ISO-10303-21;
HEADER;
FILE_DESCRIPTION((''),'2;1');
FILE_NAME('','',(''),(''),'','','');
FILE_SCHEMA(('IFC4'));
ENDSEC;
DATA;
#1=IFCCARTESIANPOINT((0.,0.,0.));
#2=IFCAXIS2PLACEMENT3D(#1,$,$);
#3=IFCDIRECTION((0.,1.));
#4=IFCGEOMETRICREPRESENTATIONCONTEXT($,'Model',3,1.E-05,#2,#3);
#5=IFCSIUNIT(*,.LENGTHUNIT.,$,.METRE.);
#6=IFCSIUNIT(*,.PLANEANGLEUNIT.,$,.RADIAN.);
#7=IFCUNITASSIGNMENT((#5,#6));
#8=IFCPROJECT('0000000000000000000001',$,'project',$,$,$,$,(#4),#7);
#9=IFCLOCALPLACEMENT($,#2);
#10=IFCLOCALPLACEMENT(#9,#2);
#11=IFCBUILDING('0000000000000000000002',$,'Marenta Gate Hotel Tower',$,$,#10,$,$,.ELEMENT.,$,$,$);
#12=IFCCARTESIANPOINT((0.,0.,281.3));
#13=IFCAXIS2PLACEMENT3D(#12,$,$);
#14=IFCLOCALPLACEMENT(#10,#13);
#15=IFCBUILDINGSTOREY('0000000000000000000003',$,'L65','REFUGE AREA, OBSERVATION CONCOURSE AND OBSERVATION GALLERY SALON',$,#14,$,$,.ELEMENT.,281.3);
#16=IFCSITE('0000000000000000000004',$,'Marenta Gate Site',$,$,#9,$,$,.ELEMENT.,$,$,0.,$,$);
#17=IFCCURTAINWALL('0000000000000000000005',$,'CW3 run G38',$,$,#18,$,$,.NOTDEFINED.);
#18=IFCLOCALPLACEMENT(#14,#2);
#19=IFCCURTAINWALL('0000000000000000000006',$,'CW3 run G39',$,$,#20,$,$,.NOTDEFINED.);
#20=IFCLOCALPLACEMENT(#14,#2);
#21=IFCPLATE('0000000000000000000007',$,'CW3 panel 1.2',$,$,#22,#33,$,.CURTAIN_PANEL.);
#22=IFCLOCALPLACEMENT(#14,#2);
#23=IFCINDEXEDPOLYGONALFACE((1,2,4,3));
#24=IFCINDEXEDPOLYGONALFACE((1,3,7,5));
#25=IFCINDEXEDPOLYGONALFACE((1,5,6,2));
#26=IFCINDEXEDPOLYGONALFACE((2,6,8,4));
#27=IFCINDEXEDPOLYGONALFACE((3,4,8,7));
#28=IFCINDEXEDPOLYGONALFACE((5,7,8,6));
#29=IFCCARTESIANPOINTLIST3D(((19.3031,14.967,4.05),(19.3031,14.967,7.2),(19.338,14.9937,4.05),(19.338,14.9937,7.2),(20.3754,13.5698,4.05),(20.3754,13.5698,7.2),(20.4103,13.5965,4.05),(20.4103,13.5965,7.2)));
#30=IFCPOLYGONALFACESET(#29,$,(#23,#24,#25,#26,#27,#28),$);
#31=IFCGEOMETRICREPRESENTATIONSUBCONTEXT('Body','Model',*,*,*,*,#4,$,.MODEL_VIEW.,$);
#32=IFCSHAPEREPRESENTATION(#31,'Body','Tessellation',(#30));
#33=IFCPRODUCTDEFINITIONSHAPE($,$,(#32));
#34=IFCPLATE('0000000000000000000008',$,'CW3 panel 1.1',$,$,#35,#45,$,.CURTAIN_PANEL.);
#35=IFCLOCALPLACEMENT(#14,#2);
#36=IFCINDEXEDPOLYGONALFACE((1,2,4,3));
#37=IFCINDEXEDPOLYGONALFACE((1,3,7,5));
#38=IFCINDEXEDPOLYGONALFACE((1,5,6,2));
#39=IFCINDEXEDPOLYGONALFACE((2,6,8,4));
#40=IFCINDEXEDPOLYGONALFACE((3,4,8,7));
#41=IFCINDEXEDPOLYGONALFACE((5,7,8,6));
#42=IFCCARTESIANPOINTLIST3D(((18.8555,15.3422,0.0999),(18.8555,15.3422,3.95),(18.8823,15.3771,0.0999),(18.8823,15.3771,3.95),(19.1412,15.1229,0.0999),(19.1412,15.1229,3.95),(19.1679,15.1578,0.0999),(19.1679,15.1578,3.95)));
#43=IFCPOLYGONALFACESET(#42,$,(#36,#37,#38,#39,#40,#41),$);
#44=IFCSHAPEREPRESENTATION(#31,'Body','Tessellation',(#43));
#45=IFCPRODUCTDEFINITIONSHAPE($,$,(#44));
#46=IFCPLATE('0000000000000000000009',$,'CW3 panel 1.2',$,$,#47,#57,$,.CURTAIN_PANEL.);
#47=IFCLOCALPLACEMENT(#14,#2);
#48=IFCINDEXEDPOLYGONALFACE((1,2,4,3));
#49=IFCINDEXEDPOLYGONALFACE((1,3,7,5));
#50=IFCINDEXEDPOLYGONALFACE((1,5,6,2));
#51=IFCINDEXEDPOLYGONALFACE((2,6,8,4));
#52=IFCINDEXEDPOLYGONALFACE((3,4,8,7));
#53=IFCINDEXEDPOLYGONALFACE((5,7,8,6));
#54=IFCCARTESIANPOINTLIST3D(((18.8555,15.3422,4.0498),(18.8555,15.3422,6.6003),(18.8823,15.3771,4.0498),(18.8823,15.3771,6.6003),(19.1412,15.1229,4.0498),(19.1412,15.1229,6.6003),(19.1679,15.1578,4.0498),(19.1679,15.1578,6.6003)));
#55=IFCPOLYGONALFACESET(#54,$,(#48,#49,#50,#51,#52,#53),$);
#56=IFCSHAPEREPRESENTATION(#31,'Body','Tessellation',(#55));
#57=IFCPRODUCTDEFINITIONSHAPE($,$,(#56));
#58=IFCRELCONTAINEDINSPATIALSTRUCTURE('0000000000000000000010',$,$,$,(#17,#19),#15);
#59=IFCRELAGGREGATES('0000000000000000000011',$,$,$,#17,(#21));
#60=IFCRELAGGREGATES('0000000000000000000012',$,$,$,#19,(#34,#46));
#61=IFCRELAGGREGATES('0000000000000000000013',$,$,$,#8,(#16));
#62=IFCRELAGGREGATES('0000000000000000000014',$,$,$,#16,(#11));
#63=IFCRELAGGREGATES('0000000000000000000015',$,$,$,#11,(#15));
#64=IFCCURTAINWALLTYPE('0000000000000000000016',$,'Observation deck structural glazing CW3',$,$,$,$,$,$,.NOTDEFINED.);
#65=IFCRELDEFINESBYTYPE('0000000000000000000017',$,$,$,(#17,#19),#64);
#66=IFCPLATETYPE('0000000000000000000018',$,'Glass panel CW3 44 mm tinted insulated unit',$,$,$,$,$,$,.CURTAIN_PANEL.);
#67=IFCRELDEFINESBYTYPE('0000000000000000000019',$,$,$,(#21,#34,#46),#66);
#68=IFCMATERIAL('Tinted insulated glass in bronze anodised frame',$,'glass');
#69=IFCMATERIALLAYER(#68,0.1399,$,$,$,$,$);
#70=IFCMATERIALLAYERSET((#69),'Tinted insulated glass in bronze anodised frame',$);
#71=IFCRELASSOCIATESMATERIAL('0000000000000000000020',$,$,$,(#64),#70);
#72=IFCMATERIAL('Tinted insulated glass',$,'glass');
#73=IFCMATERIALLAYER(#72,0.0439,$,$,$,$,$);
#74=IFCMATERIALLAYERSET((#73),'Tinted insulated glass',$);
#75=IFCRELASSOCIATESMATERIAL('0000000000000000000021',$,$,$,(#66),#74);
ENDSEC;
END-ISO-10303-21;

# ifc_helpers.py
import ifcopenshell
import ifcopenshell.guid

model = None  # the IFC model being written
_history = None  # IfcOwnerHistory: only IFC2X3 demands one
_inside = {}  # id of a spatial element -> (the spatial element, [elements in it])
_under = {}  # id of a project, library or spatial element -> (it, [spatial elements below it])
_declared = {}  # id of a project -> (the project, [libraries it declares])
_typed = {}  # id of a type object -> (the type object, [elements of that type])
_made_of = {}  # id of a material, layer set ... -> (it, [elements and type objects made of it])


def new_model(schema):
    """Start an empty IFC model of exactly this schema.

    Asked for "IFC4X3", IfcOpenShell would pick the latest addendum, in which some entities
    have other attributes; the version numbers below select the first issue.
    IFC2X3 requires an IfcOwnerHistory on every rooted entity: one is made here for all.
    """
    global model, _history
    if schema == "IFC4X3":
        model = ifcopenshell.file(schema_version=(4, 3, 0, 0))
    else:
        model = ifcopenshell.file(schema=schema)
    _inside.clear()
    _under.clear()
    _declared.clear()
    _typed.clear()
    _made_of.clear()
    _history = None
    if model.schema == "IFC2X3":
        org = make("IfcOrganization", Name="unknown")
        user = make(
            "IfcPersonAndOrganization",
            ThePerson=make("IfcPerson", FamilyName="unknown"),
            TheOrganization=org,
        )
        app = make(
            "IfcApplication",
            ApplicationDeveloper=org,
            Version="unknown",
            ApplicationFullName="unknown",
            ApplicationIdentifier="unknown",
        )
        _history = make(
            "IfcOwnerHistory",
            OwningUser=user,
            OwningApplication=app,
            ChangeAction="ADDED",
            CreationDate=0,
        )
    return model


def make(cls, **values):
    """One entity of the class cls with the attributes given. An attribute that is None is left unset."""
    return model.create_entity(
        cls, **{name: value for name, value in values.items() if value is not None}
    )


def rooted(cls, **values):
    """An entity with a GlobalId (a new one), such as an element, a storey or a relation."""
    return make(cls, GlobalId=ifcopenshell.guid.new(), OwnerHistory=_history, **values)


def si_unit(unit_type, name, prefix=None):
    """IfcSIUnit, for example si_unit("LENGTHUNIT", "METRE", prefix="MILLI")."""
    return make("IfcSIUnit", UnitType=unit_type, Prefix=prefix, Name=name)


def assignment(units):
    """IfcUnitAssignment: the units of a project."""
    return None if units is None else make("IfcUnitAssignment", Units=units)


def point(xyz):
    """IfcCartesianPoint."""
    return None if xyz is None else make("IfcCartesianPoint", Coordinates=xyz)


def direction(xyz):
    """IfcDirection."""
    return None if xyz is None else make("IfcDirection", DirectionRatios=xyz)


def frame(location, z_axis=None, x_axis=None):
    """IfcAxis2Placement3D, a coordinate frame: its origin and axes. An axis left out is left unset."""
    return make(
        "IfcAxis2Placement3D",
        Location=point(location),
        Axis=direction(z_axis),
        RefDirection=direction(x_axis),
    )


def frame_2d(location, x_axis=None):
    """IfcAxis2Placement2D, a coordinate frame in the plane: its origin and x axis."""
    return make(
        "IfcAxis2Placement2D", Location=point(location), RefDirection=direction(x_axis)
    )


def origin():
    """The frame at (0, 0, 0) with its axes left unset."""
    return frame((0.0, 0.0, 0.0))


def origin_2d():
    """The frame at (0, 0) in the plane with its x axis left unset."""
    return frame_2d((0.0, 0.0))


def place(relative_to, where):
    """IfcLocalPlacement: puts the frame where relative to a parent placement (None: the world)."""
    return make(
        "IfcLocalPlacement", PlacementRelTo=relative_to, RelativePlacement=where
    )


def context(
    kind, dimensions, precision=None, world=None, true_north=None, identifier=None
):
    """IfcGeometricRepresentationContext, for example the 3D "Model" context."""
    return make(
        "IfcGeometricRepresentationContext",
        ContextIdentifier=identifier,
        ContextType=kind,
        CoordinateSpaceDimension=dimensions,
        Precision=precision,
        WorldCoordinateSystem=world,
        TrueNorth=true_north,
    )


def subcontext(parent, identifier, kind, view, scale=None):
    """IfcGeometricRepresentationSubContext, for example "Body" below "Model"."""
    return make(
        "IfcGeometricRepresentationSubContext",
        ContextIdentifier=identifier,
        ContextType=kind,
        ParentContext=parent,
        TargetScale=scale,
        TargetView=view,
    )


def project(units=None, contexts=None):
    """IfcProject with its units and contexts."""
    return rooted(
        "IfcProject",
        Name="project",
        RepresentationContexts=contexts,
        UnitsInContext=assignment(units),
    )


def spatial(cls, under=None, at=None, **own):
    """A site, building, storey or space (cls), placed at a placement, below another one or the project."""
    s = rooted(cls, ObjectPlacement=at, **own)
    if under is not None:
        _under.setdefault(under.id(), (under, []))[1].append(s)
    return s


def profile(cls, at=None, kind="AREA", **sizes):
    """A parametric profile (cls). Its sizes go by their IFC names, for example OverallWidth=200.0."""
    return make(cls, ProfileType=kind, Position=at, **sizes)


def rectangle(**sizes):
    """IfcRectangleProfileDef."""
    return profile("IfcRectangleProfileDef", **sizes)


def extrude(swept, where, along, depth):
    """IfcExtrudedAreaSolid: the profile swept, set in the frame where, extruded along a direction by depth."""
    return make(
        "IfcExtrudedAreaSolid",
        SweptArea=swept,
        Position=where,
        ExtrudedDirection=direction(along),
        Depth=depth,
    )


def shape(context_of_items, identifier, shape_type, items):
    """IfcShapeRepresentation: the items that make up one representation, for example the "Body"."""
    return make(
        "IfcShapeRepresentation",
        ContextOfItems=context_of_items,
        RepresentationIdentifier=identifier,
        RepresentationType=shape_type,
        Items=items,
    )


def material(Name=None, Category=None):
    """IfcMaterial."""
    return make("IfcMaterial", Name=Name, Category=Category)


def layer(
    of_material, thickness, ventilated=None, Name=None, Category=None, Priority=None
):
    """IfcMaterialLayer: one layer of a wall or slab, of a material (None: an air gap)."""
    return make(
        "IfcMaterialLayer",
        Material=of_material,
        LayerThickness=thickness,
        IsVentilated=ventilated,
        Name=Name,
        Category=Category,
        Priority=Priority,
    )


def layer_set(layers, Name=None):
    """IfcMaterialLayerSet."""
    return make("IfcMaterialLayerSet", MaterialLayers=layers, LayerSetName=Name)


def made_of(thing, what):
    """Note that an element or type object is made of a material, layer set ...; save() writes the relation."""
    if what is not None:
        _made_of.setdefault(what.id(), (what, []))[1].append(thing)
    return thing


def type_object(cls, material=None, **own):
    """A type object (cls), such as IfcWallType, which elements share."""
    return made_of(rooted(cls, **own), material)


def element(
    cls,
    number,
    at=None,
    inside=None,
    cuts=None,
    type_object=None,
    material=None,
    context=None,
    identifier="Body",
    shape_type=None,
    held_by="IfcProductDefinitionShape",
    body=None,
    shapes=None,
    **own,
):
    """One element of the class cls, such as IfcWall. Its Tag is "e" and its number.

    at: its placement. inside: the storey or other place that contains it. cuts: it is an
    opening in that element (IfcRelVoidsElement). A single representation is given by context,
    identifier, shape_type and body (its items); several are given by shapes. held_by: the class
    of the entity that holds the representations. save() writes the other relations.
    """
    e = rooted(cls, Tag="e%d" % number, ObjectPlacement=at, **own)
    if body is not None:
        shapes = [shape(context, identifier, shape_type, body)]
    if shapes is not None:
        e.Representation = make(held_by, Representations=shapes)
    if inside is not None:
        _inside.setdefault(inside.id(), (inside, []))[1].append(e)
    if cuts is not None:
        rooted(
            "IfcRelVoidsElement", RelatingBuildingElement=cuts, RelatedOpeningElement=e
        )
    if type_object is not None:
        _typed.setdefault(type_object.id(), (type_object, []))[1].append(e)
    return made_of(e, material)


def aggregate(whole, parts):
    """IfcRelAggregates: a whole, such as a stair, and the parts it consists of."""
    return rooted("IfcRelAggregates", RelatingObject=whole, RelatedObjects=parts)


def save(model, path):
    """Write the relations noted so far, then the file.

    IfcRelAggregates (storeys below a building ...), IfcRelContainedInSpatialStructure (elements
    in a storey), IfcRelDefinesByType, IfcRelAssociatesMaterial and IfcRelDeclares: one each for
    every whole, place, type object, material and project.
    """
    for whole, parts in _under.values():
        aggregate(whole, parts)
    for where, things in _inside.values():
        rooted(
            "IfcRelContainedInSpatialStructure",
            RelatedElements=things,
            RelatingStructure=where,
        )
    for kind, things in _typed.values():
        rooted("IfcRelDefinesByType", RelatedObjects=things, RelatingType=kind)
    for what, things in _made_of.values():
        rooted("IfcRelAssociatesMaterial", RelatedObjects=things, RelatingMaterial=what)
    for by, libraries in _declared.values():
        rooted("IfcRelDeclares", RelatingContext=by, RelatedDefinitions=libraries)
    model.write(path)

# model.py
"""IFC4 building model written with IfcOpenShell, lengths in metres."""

from ifc_helpers import new_model, si_unit, direction, frame, origin, origin_2d, place, context, subcontext, project, spatial, rectangle, extrude, material, layer, layer_set, type_object, element, aggregate, save


model = new_model("IFC4")

# Units and contexts
model_context = context("Model", 3, precision=1e-05, world=origin(), true_north=direction((0.0, 1.0)))
body_context = subcontext(model_context, "Body", "Model", "MODEL_VIEW")
ifc_project = project(units=[si_unit("LENGTHUNIT", "METRE"), si_unit("PLANEANGLEUNIT", "RADIAN")], contexts=[model_context])

# Site, building, storey
site_placement = place(None, origin())
site = spatial("IfcSite", under=ifc_project, at=site_placement, Name="Marenta Gate Site", CompositionType="ELEMENT", RefElevation=0.0)
building_placement = place(site_placement, origin())
building = spatial("IfcBuilding", under=site, at=building_placement, Name="Marenta Gate Hotel Tower", CompositionType="ELEMENT")
storey_placement = place(building_placement, frame((0.0, 0.0, 281.3)))
storey = spatial("IfcBuildingStorey", under=building, at=storey_placement, Name="L65", Description="REFUGE AREA, OBSERVATION CONCOURSE AND OBSERVATION GALLERY SALON", CompositionType="ELEMENT", Elevation=281.3)

# Shared definitions
ifc_material_1 = material(Name="Tinted insulated glass in bronze anodised frame", Category="glass")
ifc_layer_1 = layer(ifc_material_1, 0.1399)
ifc_layer_set_1 = layer_set([ifc_layer_1], Name="Tinted insulated glass in bronze anodised frame")
curtain_wall_type = type_object("IfcCurtainWallType", Name="Observation deck structural glazing CW3", PredefinedType="NOTDEFINED", material=ifc_layer_set_1)

# Curtain wall
curtain_wall_1_placement = place(storey_placement, origin())
curtain_wall_1 = element("IfcCurtainWall", 1, at=curtain_wall_1_placement, inside=storey, type_object=curtain_wall_type, Name="CW3 run G38", PredefinedType="NOTDEFINED")

# Curtain wall
curtain_wall_2_placement = place(storey_placement, origin())
curtain_wall_2 = element("IfcCurtainWall", 2, at=curtain_wall_2_placement, inside=storey, type_object=curtain_wall_type, Name="CW3 run G39", PredefinedType="NOTDEFINED")

# Shared definitions
ifc_material_2 = material(Name="Tinted insulated glass", Category="glass")
ifc_layer_2 = layer(ifc_material_2, 0.0439)
ifc_layer_set_2 = layer_set([ifc_layer_2], Name="Tinted insulated glass")
plate_type = type_object("IfcPlateType", Name="Glass panel CW3 44 mm tinted insulated unit", PredefinedType="CURTAIN_PANEL", material=ifc_layer_set_2)

# Plates
plate_1_placement = place(storey_placement, frame((19.8567, 14.2817, 4.05), z_axis=(0.0, 0.0, 1.0), x_axis=(-0.608831, 0.7933, 0.0)))
plate_1 = element("IfcPlate", 3, at=plate_1_placement, type_object=plate_type, Name="CW3 panel 1.2", PredefinedType="CURTAIN_PANEL", context=body_context, shape_type="SweptSolid", body=[
    extrude(rectangle(XDim=1.7612, YDim=0.0439, at=origin_2d()), origin(), (0.0, 0.0, 1.0), 3.1499),
])
aggregate(curtain_wall_1, [plate_1])
plate_2_placement = place(storey_placement, frame((19.0117, 15.25, 0.0999), z_axis=(0.0, 0.0, 1.0), x_axis=(-0.793246, 0.608902, 0.0)))
plate_2 = element("IfcPlate", 4, at=plate_2_placement, type_object=plate_type, Name="CW3 panel 1.1", PredefinedType="CURTAIN_PANEL", context=body_context, shape_type="SweptSolid", body=[
    extrude(rectangle(XDim=0.3601, YDim=0.0439, at=origin_2d()), origin(), (0.0, 0.0, 1.0), 3.8501),
])
plate_3_placement = place(storey_placement, frame((19.0117, 15.25, 4.0498), z_axis=(0.0, 0.0, 1.0), x_axis=(-0.793246, 0.608902, 0.0)))
plate_3 = element("IfcPlate", 5, at=plate_3_placement, type_object=plate_type, Name="CW3 panel 1.2", PredefinedType="CURTAIN_PANEL", context=body_context, shape_type="SweptSolid", body=[
    extrude(rectangle(XDim=0.3601, YDim=0.0439, at=origin_2d()), origin(), (0.0, 0.0, 1.0), 2.5505),
])
aggregate(curtain_wall_2, [plate_2, plate_3])

save(model, "model.ifc")
